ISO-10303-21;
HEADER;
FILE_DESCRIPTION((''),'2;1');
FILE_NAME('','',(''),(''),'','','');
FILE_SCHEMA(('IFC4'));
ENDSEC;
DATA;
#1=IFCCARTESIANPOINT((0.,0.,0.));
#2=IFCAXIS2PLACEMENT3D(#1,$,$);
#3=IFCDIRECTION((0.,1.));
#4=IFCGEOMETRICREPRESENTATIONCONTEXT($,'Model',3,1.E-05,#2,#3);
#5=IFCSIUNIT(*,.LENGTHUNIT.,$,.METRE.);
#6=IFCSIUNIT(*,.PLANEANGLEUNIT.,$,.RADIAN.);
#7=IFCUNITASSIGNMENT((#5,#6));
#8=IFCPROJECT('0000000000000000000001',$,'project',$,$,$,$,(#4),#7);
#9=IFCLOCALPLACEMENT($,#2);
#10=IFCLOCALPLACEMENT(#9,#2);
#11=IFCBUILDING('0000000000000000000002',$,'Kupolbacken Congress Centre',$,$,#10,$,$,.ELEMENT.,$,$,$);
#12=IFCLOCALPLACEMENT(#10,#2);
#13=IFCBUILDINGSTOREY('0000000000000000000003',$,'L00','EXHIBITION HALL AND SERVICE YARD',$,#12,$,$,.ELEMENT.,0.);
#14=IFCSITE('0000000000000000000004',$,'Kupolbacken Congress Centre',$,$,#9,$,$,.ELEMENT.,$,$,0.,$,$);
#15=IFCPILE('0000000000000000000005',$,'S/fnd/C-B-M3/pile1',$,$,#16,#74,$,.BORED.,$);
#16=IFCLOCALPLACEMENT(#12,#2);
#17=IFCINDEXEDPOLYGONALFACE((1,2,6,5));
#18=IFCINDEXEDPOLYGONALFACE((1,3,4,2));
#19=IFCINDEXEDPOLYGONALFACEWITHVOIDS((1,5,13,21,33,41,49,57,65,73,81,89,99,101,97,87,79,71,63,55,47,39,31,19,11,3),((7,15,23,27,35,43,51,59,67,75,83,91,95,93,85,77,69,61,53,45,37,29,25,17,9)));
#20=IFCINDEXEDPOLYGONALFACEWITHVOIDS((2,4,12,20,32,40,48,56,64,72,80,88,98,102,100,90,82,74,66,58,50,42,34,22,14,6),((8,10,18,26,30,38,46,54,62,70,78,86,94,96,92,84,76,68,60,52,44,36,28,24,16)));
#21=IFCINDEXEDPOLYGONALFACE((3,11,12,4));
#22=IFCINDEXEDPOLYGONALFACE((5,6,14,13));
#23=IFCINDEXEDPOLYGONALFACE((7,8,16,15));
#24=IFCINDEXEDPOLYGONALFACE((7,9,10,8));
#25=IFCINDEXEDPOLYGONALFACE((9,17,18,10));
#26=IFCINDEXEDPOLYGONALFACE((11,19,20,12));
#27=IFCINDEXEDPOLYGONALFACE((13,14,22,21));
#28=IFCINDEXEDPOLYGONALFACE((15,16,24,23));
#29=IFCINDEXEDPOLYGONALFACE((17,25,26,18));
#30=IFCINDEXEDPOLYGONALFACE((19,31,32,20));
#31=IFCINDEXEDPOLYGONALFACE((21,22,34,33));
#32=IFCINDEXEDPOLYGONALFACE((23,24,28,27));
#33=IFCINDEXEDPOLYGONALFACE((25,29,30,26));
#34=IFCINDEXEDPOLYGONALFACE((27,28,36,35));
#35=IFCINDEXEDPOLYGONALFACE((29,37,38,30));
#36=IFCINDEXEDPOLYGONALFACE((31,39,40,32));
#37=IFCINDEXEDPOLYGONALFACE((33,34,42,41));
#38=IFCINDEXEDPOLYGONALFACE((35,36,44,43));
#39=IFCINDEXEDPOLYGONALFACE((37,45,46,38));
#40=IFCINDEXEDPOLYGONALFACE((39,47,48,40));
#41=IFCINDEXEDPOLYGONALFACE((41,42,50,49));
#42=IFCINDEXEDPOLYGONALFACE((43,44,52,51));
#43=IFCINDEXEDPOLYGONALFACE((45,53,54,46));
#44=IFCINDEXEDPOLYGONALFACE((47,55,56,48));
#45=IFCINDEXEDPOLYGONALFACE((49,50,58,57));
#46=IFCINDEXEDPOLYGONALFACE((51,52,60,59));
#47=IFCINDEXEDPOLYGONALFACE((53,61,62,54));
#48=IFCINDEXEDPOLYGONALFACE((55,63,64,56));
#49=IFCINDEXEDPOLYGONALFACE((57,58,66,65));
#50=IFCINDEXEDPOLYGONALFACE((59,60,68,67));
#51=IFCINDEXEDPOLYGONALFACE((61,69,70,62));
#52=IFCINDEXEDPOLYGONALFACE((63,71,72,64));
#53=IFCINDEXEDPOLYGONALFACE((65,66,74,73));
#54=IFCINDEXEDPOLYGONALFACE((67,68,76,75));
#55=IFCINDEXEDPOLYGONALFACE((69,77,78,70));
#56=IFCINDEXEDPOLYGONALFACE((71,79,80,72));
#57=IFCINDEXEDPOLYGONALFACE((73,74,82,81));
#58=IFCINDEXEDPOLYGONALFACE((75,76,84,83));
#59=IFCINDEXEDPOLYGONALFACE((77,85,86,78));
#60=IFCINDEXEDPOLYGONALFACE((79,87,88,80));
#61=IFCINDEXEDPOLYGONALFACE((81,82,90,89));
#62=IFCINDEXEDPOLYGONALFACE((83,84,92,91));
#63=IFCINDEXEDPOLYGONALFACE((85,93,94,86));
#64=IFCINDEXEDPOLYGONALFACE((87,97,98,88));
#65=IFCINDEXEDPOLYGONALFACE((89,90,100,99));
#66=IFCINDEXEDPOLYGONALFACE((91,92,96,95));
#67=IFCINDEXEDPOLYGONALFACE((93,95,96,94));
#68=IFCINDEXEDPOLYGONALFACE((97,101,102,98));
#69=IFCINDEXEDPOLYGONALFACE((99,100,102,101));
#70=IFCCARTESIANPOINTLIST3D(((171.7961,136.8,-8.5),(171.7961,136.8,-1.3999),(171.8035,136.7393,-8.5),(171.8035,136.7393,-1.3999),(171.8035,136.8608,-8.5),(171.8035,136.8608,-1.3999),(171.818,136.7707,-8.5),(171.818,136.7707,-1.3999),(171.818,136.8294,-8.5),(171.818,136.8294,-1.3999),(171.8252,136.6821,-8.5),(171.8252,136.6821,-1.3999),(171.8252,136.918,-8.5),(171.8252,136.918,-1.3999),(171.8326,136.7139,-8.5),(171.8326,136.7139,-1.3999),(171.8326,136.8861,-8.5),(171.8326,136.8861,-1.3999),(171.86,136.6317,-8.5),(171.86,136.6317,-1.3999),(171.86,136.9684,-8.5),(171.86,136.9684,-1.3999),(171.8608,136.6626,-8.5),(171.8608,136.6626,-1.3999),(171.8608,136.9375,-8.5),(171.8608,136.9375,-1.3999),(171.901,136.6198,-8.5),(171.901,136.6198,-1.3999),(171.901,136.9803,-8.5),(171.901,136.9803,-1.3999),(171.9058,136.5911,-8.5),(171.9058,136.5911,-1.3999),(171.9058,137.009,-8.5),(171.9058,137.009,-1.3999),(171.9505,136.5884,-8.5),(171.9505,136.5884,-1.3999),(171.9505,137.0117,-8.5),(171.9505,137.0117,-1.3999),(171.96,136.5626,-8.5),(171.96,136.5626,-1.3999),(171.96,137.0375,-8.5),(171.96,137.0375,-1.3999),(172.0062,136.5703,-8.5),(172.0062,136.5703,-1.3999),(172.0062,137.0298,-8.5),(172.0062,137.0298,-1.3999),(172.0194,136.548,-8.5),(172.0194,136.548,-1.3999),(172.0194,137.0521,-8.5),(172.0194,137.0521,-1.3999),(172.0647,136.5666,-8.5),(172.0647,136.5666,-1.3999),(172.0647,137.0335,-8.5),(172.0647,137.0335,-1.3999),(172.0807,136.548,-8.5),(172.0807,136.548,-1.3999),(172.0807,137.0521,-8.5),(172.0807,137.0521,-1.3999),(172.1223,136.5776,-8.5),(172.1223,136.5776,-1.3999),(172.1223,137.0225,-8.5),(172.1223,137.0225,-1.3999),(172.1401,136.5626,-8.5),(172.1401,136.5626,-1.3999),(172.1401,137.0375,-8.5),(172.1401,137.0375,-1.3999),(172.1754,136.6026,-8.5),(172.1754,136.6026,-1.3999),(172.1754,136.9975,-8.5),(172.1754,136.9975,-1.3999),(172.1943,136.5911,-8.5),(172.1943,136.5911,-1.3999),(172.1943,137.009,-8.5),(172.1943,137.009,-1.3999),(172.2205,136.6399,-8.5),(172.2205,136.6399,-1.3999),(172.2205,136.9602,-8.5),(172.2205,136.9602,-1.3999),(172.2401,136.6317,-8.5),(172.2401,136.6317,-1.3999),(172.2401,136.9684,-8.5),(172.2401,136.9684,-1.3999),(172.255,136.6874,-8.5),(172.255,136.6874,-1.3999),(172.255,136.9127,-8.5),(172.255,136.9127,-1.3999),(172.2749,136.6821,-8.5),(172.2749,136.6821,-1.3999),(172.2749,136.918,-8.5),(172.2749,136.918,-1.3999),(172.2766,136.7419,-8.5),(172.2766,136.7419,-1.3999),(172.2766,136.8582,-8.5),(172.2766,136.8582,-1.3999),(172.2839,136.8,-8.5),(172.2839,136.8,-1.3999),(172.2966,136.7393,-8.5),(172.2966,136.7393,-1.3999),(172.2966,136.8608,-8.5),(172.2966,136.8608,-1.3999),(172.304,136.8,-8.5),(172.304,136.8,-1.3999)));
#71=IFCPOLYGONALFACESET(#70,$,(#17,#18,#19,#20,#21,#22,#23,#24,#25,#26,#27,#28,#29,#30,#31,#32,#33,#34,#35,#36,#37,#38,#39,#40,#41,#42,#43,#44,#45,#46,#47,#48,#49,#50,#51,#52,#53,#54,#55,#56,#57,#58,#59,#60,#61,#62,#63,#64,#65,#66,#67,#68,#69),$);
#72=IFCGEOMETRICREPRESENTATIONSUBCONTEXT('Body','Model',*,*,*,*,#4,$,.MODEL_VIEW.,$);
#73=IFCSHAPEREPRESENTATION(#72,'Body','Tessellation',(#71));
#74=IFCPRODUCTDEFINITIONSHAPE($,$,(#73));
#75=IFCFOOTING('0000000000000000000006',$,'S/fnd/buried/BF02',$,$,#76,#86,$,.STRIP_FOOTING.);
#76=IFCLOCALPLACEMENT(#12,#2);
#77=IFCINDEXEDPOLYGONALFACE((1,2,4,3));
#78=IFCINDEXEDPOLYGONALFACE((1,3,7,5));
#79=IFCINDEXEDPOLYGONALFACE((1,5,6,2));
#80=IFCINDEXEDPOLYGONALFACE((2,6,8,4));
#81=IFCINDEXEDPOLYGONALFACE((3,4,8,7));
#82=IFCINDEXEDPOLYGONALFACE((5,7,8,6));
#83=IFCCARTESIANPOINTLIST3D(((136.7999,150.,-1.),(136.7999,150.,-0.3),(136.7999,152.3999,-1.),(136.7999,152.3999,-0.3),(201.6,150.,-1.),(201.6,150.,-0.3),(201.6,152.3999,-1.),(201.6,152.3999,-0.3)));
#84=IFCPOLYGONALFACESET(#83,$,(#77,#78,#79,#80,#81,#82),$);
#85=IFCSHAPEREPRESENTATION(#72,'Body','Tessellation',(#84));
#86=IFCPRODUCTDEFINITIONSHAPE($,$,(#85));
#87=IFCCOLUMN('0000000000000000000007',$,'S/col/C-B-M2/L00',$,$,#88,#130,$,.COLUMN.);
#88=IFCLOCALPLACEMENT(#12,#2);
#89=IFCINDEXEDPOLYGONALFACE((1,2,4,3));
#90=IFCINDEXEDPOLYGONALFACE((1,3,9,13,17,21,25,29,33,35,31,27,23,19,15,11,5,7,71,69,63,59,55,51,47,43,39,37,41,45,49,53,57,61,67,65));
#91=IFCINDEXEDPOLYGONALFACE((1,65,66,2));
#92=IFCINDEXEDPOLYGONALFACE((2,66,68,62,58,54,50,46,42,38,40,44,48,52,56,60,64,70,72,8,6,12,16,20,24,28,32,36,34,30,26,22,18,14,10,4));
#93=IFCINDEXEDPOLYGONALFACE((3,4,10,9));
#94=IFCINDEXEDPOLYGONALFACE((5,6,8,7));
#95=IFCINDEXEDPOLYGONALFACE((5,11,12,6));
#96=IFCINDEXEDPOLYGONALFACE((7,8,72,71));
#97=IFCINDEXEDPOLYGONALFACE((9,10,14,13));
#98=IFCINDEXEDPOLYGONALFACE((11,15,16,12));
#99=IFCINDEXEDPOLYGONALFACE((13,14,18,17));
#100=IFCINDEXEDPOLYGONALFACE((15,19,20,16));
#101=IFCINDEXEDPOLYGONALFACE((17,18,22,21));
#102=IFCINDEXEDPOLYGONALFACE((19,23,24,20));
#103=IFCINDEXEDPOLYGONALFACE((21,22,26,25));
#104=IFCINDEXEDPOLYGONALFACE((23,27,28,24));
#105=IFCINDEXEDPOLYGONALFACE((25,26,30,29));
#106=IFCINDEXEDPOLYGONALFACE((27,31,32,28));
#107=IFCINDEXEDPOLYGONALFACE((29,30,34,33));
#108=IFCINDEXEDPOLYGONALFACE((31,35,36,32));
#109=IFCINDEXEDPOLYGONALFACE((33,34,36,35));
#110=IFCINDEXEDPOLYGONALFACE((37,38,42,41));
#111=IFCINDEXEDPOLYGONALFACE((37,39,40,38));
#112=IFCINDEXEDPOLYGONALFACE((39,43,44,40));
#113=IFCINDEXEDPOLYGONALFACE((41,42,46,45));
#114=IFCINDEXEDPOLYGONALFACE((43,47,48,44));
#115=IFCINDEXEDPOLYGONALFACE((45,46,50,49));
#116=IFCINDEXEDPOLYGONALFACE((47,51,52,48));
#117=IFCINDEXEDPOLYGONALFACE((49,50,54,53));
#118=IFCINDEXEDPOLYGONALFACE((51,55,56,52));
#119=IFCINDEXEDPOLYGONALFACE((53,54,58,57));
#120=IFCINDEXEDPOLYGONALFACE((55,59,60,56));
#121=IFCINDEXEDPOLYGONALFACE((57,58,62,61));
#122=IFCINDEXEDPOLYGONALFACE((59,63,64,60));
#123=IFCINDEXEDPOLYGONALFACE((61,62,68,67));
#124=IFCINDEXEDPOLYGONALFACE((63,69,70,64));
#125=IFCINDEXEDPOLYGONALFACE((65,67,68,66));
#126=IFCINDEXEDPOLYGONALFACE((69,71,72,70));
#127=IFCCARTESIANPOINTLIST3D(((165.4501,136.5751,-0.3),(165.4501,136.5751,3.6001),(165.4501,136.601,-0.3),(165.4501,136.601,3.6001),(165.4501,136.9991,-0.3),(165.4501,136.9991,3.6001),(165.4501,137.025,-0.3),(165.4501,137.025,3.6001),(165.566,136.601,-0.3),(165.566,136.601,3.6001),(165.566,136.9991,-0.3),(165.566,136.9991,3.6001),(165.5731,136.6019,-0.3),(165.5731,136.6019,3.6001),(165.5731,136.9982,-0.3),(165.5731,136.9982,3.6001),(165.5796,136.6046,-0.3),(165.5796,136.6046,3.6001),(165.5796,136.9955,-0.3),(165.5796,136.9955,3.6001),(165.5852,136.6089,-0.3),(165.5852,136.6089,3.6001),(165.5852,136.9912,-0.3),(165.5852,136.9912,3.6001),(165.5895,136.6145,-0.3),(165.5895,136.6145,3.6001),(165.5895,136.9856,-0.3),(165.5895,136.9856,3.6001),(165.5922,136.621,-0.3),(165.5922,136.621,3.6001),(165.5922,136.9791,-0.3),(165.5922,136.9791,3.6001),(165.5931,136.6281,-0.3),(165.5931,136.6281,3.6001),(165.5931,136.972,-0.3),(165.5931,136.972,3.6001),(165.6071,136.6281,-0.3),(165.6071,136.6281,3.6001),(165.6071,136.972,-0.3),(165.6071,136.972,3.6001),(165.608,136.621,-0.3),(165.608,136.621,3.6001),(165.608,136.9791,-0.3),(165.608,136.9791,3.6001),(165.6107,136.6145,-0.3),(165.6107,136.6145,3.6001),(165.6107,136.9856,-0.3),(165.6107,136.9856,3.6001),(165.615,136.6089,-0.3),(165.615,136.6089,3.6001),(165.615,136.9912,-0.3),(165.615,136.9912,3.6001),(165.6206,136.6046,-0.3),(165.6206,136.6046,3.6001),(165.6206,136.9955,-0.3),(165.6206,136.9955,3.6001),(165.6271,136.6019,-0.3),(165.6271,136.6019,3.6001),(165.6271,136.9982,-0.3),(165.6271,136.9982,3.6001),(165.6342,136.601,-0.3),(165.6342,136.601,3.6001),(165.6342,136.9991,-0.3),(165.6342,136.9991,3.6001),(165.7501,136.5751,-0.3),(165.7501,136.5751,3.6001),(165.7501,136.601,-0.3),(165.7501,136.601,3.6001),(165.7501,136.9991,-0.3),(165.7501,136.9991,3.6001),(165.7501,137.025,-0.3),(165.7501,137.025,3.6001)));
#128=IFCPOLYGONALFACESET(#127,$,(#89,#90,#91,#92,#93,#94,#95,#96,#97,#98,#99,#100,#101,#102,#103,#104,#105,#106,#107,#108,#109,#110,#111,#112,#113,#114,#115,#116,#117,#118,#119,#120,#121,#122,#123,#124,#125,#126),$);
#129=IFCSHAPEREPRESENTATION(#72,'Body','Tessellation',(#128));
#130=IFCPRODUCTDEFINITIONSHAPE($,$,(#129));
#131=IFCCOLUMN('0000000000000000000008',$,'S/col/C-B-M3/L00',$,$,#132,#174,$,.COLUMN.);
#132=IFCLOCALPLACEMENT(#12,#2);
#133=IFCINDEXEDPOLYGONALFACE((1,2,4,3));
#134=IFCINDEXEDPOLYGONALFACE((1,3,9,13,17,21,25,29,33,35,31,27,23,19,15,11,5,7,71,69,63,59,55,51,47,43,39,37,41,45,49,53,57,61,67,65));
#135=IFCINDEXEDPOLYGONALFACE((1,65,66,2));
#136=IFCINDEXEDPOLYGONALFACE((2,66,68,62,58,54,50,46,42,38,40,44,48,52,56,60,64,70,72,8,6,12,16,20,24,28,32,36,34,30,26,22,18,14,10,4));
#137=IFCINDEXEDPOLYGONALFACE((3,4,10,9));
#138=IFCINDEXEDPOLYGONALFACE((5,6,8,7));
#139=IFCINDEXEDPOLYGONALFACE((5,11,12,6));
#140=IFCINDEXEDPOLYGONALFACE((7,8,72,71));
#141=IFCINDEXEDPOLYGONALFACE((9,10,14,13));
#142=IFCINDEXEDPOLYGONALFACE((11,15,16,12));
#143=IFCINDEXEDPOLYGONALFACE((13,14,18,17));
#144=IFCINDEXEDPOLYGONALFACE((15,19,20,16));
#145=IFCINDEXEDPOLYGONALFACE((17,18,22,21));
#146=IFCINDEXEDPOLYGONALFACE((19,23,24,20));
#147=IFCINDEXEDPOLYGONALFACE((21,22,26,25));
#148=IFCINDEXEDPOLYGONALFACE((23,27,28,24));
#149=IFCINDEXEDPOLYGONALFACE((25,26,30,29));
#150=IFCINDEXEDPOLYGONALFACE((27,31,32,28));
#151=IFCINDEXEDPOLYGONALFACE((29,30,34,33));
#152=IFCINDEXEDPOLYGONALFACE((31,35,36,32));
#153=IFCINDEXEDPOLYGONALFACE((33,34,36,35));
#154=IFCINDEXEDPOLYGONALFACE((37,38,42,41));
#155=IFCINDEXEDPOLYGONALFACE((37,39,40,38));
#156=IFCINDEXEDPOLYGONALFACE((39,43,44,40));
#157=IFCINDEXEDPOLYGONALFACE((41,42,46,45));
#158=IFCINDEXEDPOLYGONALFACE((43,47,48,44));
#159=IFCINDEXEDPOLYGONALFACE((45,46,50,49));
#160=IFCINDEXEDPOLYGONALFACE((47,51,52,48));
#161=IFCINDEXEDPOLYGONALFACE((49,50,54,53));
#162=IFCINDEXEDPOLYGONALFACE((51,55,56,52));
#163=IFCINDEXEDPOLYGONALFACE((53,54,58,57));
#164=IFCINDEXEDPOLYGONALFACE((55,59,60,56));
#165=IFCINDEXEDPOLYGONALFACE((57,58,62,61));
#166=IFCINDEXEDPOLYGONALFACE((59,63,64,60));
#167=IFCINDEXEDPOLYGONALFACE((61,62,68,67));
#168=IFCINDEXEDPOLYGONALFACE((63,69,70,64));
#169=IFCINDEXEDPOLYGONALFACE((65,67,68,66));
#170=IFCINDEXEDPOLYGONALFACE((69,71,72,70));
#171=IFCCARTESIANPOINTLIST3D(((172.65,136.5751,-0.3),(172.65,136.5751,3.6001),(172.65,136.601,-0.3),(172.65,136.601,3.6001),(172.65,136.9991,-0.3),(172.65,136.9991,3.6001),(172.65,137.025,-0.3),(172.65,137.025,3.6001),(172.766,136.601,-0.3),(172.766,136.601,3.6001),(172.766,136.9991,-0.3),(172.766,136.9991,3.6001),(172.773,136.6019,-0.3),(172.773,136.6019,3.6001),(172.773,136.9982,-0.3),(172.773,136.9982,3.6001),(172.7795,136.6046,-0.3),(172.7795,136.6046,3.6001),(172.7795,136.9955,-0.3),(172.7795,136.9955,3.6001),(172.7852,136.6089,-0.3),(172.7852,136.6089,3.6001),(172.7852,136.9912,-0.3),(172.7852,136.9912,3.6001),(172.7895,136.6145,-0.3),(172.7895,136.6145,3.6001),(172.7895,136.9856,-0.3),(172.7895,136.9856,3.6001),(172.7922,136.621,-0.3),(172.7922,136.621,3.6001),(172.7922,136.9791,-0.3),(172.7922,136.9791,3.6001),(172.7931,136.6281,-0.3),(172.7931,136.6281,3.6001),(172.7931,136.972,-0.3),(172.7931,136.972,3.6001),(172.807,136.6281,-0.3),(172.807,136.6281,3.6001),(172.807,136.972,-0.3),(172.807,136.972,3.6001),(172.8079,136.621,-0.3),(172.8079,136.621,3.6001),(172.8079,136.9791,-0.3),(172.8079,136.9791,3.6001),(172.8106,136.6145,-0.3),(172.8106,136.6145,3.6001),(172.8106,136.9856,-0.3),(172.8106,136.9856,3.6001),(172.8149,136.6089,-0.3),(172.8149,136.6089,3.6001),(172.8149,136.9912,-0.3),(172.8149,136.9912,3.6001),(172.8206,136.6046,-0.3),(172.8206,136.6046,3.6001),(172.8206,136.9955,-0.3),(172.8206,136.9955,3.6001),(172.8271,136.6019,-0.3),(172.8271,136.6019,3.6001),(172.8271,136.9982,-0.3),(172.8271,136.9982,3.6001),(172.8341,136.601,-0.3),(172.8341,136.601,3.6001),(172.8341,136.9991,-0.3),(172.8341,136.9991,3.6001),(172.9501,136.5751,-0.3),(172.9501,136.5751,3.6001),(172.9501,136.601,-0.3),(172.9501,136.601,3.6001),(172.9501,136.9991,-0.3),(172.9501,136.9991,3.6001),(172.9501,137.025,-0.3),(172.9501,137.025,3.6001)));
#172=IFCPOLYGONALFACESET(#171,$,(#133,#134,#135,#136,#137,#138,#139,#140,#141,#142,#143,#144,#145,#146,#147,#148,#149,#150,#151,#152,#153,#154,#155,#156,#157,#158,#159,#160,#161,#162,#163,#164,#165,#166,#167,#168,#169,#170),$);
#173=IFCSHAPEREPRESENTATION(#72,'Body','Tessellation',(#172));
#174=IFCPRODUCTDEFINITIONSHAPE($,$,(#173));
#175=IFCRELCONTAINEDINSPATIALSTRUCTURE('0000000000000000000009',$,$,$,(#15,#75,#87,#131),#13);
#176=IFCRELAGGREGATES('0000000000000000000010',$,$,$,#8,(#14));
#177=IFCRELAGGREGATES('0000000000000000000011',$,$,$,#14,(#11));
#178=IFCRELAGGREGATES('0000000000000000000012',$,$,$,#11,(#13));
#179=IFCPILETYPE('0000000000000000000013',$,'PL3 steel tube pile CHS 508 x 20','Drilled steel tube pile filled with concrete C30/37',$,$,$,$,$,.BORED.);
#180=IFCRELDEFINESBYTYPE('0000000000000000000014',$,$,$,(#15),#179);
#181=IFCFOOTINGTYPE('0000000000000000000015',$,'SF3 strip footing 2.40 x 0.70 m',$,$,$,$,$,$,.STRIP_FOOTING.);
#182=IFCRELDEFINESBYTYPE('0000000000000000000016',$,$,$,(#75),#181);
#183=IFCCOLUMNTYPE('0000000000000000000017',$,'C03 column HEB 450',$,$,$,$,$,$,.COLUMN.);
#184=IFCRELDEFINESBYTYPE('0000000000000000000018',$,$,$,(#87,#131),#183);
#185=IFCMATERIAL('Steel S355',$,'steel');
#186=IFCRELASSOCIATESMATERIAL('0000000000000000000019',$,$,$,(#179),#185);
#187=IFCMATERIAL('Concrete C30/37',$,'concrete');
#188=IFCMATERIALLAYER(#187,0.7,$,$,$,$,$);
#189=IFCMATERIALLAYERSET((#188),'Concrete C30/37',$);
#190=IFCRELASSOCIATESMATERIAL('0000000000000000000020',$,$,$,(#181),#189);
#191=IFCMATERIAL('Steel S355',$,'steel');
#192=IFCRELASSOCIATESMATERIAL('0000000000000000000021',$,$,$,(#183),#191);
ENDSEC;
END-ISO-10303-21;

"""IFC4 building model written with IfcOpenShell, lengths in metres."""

from ifc_helpers import new_model, si_unit, direction, frame, origin, origin_2d, place, context, subcontext, project, spatial, rectangle, hollow_circle, i_section, extrude, material, layer, layer_set, material_profile, profile_set, type_object, element, save


model = new_model("IFC4")

# Units and contexts
model_context = context("Model", 3, precision=1e-05, world=origin(), true_north=direction((0.0, 1.0)))
body_context = subcontext(model_context, "Body", "Model", "MODEL_VIEW")
ifc_project = project(units=[si_unit("LENGTHUNIT", "METRE"), si_unit("PLANEANGLEUNIT", "RADIAN")], contexts=[model_context])

# Site, building, storey
site_placement = place(None, origin())
site = spatial("IfcSite", under=ifc_project, at=site_placement, Name="Kupolbacken Congress Centre", CompositionType="ELEMENT", RefElevation=0.0)
building_placement = place(site_placement, origin())
building = spatial("IfcBuilding", under=site, at=building_placement, Name="Kupolbacken Congress Centre", CompositionType="ELEMENT")
storey_placement = place(building_placement, origin())
storey = spatial("IfcBuildingStorey", under=building, at=storey_placement, Name="L00", Description="EXHIBITION HALL AND SERVICE YARD", CompositionType="ELEMENT", Elevation=0.0)

# Pile
ifc_material_1 = material(Name="Steel S355", Category="steel")
ifc_material_profile_1 = material_profile(ifc_material_1, hollow_circle(Radius=0.2539, WallThickness=0.02, at=origin_2d()), Name="CHS 508 x 20")
ifc_profile_set_1 = profile_set([ifc_material_profile_1], Name="Steel S355")
pile_type_1 = type_object("IfcPileType", Name="PL3 steel tube pile CHS 508 x 20", Description="Drilled steel tube pile filled with concrete C30/37", PredefinedType="BORED", material=ifc_profile_set_1)
for number, where, z_axis, x_axis, name in (
    (1, (172.05, 136.8, -1.3999), (0.0, 0.0, -1.0), (1.0, 0.0, 0.0), "S/fnd/C-B-M3/pile1"),
):
    element("IfcPile", number, at=place(storey_placement, frame(where, z_axis=z_axis, x_axis=x_axis)), inside=storey, type_object=pile_type_1, Name=name, PredefinedType="BORED", context=body_context, shape_type="SweptSolid", body=[
        extrude(hollow_circle(Radius=0.2539, WallThickness=0.02, at=origin_2d()), origin(), (0.0, 0.0, 1.0), 7.1001),
    ])

# Footing
ifc_material_2 = material(Name="Concrete C30/37", Category="concrete")
ifc_layer_1 = layer(ifc_material_2, 0.7)
ifc_layer_set_1 = layer_set([ifc_layer_1], Name="Concrete C30/37")
footing_type_1 = type_object("IfcFootingType", Name="SF3 strip footing 2.40 x 0.70 m", PredefinedType="STRIP_FOOTING", material=ifc_layer_set_1)
footing_1_placement = place(storey_placement, frame((169.2, 151.2, -1.0), z_axis=(0.0, 0.0, 1.0), x_axis=(1.0, 0.0, 0.0)))
element("IfcFooting", 2, at=footing_1_placement, inside=storey, type_object=footing_type_1, Name="S/fnd/buried/BF02", PredefinedType="STRIP_FOOTING", context=body_context, shape_type="SweptSolid", body=[
    extrude(rectangle(XDim=64.8, YDim=2.3999, at=origin_2d()), origin(), (0.0, 0.0, 1.0), 0.7),
])

# Columns
ifc_material_3 = material(Name="Steel S355", Category="steel")
ifc_material_profile_2 = material_profile(ifc_material_3, i_section(OverallWidth=0.3, OverallDepth=0.45, WebThickness=0.0139, FlangeThickness=0.0259, FilletRadius=0.0271, at=origin_2d()), Name="HEB 450")
ifc_profile_set_2 = profile_set([ifc_material_profile_2], Name="Steel S355")
column_type_1 = type_object("IfcColumnType", Name="C03 column HEB 450", PredefinedType="COLUMN", material=ifc_profile_set_2)
for number, where, z_axis, x_axis, name in (
    (3, (165.6001, 136.8, -0.3), (0.0, 0.0, 1.0), (1.0, 0.0, 0.0), "S/col/C-B-M2/L00"),
    (4, (172.8, 136.8, -0.3), (0.0, 0.0, 1.0), (1.0, 0.0, 0.0), "S/col/C-B-M3/L00"),
):
    element("IfcColumn", number, at=place(storey_placement, frame(where, z_axis=z_axis, x_axis=x_axis)), inside=storey, type_object=column_type_1, Name=name, PredefinedType="COLUMN", context=body_context, shape_type="SweptSolid", body=[
        extrude(i_section(OverallWidth=0.3, OverallDepth=0.45, WebThickness=0.0139, FlangeThickness=0.0259, FilletRadius=0.0271, at=origin_2d()), origin(), (0.0, 0.0, 1.0), 3.9001),
    ])

save(model, "model.ifc")
